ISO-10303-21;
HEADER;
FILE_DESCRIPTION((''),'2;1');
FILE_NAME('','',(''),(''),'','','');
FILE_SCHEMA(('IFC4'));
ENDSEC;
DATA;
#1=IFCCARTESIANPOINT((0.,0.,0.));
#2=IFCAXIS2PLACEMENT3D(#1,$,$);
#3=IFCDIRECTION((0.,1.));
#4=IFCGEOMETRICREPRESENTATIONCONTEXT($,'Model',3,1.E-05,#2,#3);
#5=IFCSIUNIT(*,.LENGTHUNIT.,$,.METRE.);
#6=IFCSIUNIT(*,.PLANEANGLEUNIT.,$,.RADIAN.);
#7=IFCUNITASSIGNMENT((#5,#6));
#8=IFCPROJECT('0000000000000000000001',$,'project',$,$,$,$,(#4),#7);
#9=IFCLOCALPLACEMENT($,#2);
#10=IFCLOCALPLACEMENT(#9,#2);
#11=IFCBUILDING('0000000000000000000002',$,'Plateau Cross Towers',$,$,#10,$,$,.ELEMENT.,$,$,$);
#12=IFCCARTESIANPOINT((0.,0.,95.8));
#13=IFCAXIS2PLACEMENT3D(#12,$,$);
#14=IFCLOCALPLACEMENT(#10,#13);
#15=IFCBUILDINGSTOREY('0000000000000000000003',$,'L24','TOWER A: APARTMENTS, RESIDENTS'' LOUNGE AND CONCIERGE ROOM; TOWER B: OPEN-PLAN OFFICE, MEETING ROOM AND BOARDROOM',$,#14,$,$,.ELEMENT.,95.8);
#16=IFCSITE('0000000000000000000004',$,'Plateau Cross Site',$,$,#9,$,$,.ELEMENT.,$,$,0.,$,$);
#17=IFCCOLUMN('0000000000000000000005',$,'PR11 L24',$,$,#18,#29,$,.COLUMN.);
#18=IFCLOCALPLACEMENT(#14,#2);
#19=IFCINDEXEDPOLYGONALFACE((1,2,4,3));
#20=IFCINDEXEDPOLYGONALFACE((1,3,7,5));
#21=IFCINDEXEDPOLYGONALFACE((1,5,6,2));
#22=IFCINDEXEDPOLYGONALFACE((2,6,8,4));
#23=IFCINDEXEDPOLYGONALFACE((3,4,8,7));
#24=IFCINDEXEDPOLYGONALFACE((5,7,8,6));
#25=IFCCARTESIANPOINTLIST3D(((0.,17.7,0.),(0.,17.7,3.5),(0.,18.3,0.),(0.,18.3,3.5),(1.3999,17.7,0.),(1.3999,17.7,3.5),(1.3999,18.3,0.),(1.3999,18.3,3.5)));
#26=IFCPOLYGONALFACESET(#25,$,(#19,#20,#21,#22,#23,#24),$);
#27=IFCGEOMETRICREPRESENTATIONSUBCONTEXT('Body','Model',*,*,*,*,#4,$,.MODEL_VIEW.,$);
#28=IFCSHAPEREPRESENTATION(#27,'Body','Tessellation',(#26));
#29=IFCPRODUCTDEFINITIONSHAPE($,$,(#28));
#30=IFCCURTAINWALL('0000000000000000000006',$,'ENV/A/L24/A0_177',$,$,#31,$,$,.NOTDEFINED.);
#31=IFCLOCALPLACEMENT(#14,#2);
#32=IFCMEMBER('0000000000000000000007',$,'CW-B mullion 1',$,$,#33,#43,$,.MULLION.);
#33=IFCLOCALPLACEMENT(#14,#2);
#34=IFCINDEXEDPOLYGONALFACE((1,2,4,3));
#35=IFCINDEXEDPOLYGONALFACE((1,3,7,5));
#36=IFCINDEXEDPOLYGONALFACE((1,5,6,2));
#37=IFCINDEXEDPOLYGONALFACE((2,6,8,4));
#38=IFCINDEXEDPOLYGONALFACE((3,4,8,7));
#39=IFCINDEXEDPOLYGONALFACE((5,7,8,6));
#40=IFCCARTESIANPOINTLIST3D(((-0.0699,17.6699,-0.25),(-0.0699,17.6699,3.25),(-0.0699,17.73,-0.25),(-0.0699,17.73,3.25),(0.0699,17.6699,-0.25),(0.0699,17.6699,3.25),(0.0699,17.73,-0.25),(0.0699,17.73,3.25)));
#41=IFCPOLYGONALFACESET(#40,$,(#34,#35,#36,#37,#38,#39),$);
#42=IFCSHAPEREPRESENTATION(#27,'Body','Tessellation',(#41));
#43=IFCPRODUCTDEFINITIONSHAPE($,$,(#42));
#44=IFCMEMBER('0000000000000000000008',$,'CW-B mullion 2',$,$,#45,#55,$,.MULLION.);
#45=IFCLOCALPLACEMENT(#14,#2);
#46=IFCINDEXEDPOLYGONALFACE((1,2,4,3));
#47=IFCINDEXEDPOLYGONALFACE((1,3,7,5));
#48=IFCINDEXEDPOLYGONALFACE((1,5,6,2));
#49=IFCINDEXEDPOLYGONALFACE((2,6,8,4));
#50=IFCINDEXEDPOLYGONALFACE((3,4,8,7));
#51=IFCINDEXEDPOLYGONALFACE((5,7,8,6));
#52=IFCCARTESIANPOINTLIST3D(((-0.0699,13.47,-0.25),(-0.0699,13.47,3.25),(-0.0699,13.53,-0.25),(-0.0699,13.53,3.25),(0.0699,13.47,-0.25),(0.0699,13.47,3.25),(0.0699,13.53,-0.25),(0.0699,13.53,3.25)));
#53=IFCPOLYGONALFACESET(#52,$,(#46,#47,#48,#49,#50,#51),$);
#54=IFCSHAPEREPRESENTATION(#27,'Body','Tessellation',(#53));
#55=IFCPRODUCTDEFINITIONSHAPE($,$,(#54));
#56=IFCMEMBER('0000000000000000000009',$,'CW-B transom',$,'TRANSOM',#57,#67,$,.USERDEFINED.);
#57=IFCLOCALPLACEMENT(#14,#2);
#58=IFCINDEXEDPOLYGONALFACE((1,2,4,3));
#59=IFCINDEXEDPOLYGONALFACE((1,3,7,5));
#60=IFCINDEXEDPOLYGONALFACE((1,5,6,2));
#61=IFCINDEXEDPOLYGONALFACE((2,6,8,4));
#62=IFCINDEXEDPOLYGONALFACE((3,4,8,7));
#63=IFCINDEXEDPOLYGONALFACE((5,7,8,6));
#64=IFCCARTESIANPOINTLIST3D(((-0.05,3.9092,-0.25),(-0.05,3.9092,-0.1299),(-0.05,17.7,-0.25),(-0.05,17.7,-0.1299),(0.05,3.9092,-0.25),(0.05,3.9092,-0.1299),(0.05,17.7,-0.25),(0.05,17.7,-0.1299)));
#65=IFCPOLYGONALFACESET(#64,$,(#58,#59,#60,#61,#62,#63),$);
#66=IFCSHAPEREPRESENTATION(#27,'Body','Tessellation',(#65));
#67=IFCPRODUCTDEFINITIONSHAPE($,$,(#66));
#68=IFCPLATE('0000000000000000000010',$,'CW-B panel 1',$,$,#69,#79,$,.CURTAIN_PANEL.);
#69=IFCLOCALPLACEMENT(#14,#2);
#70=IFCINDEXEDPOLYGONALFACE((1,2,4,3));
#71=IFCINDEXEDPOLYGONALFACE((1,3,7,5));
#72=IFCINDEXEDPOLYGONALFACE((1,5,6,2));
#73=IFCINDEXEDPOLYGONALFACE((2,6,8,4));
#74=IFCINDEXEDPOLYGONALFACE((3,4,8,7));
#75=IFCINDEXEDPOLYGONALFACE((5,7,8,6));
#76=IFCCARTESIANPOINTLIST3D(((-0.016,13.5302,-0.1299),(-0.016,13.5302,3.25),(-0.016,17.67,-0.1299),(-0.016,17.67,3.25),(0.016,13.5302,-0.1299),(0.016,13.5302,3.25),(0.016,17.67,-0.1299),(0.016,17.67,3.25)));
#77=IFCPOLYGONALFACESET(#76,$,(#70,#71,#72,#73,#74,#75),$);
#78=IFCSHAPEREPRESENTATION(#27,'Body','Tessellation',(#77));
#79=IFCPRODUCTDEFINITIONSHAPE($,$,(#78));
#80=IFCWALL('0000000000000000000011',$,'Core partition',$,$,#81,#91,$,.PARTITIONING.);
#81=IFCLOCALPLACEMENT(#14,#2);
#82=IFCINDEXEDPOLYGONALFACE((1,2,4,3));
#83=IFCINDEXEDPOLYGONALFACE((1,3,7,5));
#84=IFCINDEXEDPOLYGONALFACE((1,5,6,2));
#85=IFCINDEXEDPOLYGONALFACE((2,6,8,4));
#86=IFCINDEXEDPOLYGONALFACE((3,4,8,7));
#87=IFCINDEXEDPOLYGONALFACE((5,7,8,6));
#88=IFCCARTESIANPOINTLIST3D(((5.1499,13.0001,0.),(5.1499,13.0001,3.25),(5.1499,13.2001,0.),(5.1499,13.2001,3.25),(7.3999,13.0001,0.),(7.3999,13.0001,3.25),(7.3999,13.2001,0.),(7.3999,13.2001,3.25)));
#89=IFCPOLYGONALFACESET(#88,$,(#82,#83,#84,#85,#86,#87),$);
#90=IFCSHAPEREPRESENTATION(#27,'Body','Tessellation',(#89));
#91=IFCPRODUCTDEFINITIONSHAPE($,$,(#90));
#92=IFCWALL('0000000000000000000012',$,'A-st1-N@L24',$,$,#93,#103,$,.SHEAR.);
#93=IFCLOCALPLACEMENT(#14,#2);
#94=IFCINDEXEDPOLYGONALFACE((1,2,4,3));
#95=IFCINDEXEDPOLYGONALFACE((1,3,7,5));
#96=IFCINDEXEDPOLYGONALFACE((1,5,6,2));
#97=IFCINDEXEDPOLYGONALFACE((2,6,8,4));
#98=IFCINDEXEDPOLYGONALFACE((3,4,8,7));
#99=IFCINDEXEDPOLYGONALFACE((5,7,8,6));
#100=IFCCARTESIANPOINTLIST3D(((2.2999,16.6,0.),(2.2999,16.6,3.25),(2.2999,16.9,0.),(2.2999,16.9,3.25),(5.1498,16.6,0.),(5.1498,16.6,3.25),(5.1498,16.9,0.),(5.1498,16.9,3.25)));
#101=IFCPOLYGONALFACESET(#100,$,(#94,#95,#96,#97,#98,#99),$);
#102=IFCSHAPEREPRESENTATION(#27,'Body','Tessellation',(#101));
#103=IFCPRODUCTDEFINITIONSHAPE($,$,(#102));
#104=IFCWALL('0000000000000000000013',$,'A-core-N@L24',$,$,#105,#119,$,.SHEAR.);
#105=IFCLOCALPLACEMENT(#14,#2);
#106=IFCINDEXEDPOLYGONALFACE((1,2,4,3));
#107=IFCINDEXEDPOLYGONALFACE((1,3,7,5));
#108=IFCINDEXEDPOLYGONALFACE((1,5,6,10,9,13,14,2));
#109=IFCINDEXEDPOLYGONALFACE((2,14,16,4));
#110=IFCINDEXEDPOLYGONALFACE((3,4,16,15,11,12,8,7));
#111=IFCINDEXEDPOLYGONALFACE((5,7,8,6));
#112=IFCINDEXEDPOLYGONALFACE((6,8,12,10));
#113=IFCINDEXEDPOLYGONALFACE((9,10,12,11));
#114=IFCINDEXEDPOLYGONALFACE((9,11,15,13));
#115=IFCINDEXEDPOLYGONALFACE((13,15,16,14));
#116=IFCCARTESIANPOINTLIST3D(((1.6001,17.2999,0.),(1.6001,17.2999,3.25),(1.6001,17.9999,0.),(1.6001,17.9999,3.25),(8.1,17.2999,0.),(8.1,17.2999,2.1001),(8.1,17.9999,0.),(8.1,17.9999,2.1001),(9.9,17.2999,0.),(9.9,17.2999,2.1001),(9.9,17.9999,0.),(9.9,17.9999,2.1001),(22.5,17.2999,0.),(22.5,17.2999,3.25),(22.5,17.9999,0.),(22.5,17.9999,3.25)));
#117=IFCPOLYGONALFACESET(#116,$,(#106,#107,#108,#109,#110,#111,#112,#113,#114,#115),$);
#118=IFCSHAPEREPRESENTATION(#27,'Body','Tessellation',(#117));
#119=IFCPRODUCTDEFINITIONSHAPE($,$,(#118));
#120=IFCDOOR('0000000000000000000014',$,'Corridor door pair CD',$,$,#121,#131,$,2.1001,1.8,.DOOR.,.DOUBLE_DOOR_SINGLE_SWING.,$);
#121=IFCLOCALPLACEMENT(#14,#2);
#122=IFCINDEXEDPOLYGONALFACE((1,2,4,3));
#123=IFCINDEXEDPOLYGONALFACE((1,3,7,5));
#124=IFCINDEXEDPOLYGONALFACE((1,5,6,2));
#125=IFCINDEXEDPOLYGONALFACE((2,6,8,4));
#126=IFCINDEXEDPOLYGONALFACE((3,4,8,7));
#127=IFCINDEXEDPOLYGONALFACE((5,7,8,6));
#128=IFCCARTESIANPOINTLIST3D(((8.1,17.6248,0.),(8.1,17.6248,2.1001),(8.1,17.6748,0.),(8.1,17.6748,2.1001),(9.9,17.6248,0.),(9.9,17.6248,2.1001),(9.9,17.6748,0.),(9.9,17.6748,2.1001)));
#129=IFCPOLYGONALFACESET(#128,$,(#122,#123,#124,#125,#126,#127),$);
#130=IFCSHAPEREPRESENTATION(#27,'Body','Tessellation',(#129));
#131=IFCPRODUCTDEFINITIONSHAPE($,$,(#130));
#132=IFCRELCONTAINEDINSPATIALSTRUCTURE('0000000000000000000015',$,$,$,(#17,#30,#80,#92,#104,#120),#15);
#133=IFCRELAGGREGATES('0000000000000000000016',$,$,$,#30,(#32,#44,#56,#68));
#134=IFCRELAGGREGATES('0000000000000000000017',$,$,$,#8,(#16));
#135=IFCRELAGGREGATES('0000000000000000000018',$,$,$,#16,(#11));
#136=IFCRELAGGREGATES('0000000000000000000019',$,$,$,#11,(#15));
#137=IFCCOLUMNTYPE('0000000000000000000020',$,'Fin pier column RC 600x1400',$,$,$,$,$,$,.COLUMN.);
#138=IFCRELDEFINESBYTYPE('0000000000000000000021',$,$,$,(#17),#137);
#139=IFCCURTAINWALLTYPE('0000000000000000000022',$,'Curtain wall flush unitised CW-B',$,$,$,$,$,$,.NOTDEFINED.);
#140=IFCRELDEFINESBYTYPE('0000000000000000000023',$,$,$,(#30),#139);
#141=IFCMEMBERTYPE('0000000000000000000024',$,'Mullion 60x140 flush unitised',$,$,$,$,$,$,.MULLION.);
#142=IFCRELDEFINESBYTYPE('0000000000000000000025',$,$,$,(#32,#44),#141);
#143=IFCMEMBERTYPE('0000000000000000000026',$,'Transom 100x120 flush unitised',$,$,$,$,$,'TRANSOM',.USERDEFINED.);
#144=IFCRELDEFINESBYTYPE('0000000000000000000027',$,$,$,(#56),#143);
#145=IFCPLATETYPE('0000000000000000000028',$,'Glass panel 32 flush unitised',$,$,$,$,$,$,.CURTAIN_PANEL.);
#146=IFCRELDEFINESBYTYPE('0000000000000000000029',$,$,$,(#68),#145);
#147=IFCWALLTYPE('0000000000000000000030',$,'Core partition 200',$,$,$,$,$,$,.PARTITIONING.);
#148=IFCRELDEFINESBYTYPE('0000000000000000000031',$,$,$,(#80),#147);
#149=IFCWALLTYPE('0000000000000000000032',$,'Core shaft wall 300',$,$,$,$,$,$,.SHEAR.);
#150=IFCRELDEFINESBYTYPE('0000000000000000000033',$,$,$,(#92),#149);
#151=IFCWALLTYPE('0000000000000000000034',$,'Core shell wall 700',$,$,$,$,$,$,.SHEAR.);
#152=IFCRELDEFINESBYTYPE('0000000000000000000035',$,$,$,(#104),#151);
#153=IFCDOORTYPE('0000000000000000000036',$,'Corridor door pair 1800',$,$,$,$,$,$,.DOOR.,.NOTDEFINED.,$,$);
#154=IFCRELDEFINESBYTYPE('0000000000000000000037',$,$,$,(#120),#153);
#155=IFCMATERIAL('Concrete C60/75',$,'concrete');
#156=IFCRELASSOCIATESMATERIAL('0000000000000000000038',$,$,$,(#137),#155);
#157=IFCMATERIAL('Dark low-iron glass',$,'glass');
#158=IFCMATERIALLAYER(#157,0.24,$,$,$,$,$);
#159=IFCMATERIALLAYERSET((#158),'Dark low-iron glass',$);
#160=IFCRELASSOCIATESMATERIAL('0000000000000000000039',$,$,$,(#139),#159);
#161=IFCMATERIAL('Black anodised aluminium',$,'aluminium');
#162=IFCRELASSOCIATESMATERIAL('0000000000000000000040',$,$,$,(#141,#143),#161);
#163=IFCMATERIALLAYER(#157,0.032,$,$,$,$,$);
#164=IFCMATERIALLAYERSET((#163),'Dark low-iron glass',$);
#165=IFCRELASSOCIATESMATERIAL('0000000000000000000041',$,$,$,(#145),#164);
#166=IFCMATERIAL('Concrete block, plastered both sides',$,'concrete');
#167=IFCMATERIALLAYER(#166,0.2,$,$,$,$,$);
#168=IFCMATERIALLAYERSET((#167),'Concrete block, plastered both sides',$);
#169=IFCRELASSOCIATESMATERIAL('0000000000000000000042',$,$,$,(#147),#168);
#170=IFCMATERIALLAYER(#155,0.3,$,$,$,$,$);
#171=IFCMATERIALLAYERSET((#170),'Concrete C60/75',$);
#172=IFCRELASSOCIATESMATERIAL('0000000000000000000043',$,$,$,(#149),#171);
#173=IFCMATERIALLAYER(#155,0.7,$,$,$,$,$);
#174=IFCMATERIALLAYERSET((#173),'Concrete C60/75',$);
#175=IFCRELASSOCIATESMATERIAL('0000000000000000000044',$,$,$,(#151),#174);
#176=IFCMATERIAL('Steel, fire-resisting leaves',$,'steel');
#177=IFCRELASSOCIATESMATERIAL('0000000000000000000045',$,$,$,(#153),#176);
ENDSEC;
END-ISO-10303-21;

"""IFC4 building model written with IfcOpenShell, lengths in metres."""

from ifc_helpers import new_model, si_unit, direction, frame, frame_2d, origin, origin_2d, place, context, subcontext, project, spatial, rectangle, extrude, material, layer, layer_set, material_profile, profile_set, type_object, element, fill, aggregate, save


model = new_model("IFC4")

# Units and contexts
model_context = context("Model", 3, precision=1e-05, world=origin(), true_north=direction((0.0, 1.0)))
body_context = subcontext(model_context, "Body", "Model", "MODEL_VIEW")
ifc_project = project(units=[si_unit("LENGTHUNIT", "METRE"), si_unit("PLANEANGLEUNIT", "RADIAN")], contexts=[model_context])

# Site, building, storey
site_placement = place(None, origin())
site = spatial("IfcSite", under=ifc_project, at=site_placement, Name="Plateau Cross Site", CompositionType="ELEMENT", RefElevation=0.0)
building_placement = place(site_placement, origin())
building = spatial("IfcBuilding", under=site, at=building_placement, Name="Plateau Cross Towers", CompositionType="ELEMENT")
storey_placement = place(building_placement, frame((0.0, 0.0, 95.8)))
storey = spatial("IfcBuildingStorey", under=building, at=storey_placement, Name="L24", Description="TOWER A: APARTMENTS, RESIDENTS' LOUNGE AND CONCIERGE ROOM; TOWER B: OPEN-PLAN OFFICE, MEETING ROOM AND BOARDROOM", CompositionType="ELEMENT", Elevation=95.8)

# Column
ifc_material_1 = material(Name="Concrete C60/75", Category="concrete")
ifc_material_profile_1 = material_profile(ifc_material_1, rectangle(XDim=0.6001, YDim=1.3999, at=origin_2d()), Name="RC 600x1400")
ifc_profile_set_1 = profile_set([ifc_material_profile_1], Name="Concrete C60/75")
column_type = type_object("IfcColumnType", Name="Fin pier column RC 600x1400", PredefinedType="COLUMN", material=ifc_profile_set_1)
column_placement = place(storey_placement, frame((0.7, 18.0, 0.0), z_axis=(0.0, 0.0, 1.0), x_axis=(0.0, 1.0, 0.0)))
element("IfcColumn", 1, at=column_placement, inside=storey, type_object=column_type, Name="PR11 L24", PredefinedType="COLUMN", context=body_context, shape_type="SweptSolid", body=[
    extrude(rectangle(XDim=0.6001, YDim=1.3999, at=origin_2d()), origin(), (0.0, 0.0, 1.0), 3.5),
])

# Curtain wall, members, plate
ifc_material_2 = material(Name="Dark low-iron glass", Category="glass")
ifc_layer_1 = layer(ifc_material_2, 0.24)
ifc_layer_set_1 = layer_set([ifc_layer_1], Name="Dark low-iron glass")
curtain_wall_type = type_object("IfcCurtainWallType", Name="Curtain wall flush unitised CW-B", PredefinedType="NOTDEFINED", material=ifc_layer_set_1)
curtain_wall_placement = place(storey_placement, origin())
curtain_wall = element("IfcCurtainWall", 2, at=curtain_wall_placement, inside=storey, type_object=curtain_wall_type, Name="ENV/A/L24/A0_177", PredefinedType="NOTDEFINED")
ifc_material_3 = material(Name="Black anodised aluminium", Category="aluminium")
ifc_material_profile_2 = material_profile(ifc_material_3, rectangle(XDim=0.0601, YDim=0.1399, at=origin_2d()), Name="MULLION 60x140")
ifc_profile_set_2 = profile_set([ifc_material_profile_2], Name="Black anodised aluminium")
member_type_1 = type_object("IfcMemberType", Name="Mullion 60x140 flush unitised", PredefinedType="MULLION", material=ifc_profile_set_2)
member_1_placement = place(storey_placement, frame((0.0, 17.7, -0.25), z_axis=(0.0, 0.0, 1.0), x_axis=(0.0, -1.0, 0.0)))
member_1 = element("IfcMember", 3, at=member_1_placement, type_object=member_type_1, Name="CW-B mullion 1", PredefinedType="MULLION", context=body_context, shape_type="SweptSolid", body=[
    extrude(rectangle(XDim=0.0601, YDim=0.1399, at=origin_2d()), origin(), (0.0, 0.0, 1.0), 3.5),
])
member_2_placement = place(storey_placement, frame((0.0, 13.5, -0.25), z_axis=(0.0, 0.0, 1.0), x_axis=(0.0, -1.0, 0.0)))
member_2 = element("IfcMember", 4, at=member_2_placement, type_object=member_type_1, Name="CW-B mullion 2", PredefinedType="MULLION", context=body_context, shape_type="SweptSolid", body=[
    extrude(rectangle(XDim=0.0601, YDim=0.1399, at=origin_2d()), origin(), (0.0, 0.0, 1.0), 3.5),
])
ifc_material_profile_3 = material_profile(ifc_material_3, rectangle(XDim=0.1001, YDim=0.1201, at=origin_2d()), Name="TRANSOM 100x120")
ifc_profile_set_3 = profile_set([ifc_material_profile_3], Name="Black anodised aluminium")
member_type_2 = type_object("IfcMemberType", Name="Transom 100x120 flush unitised", ElementType="TRANSOM", PredefinedType="USERDEFINED", material=ifc_profile_set_3)
member_3_placement = place(storey_placement, frame((0.0, 17.7, -0.1899), z_axis=(0.0, -1.0, 0.0), x_axis=(1.0, 0.0, 0.0)))
member_3 = element("IfcMember", 5, at=member_3_placement, type_object=member_type_2, Name="CW-B transom", ObjectType="TRANSOM", PredefinedType="USERDEFINED", context=body_context, shape_type="SweptSolid", body=[
    extrude(rectangle(XDim=0.1001, YDim=0.1201, at=origin_2d()), origin(), (0.0, 0.0, 1.0), 13.7908),
])
ifc_layer_2 = layer(ifc_material_2, 0.032)
ifc_layer_set_2 = layer_set([ifc_layer_2], Name="Dark low-iron glass")
plate_type = type_object("IfcPlateType", Name="Glass panel 32 flush unitised", PredefinedType="CURTAIN_PANEL", material=ifc_layer_set_2)
plate_placement = place(storey_placement, frame((0.0, 15.6001, -0.1299), z_axis=(0.0, 0.0, 1.0), x_axis=(0.0, -1.0, 0.0)))
plate = element("IfcPlate", 6, at=plate_placement, type_object=plate_type, Name="CW-B panel 1", PredefinedType="CURTAIN_PANEL", context=body_context, shape_type="SweptSolid", body=[
    extrude(rectangle(XDim=4.1399, YDim=0.032, at=origin_2d()), origin(), (0.0, 0.0, 1.0), 3.3799),
])
aggregate(curtain_wall, [member_1, member_2, member_3, plate])

# Walls
ifc_material_4 = material(Name="Concrete block, plastered both sides", Category="concrete")
ifc_layer_3 = layer(ifc_material_4, 0.2)
ifc_layer_set_3 = layer_set([ifc_layer_3], Name="Concrete block, plastered both sides")
wall_type_1 = type_object("IfcWallType", Name="Core partition 200", PredefinedType="PARTITIONING", material=ifc_layer_set_3)
wall_1_placement = place(storey_placement, frame((5.1499, 13.1001, 0.0), z_axis=(0.0, 0.0, 1.0), x_axis=(1.0, 0.0, 0.0)))
element("IfcWall", 7, at=wall_1_placement, inside=storey, type_object=wall_type_1, Name="Core partition", PredefinedType="PARTITIONING", context=body_context, shape_type="SweptSolid", body=[
    extrude(rectangle(XDim=2.25, YDim=0.2, at=frame_2d((1.125, 0.0))), origin(), (0.0, 0.0, 1.0), 3.25),
])
ifc_layer_4 = layer(ifc_material_1, 0.3)
ifc_layer_set_4 = layer_set([ifc_layer_4], Name="Concrete C60/75")
wall_type_2 = type_object("IfcWallType", Name="Core shaft wall 300", PredefinedType="SHEAR", material=ifc_layer_set_4)
wall_2_placement = place(storey_placement, frame((2.3, 16.75, 0.0), z_axis=(0.0, 0.0, 1.0), x_axis=(1.0, 0.0, 0.0)))
element("IfcWall", 8, at=wall_2_placement, inside=storey, type_object=wall_type_2, Name="A-st1-N@L24", PredefinedType="SHEAR", context=body_context, shape_type="SweptSolid", body=[
    extrude(rectangle(XDim=2.8499, YDim=0.3, at=frame_2d((1.4248, 0.0))), origin(), (0.0, 0.0, 1.0), 3.25),
])

# Wall, opening, door
ifc_layer_5 = layer(ifc_material_1, 0.7)
ifc_layer_set_5 = layer_set([ifc_layer_5], Name="Concrete C60/75")
wall_type_3 = type_object("IfcWallType", Name="Core shell wall 700", PredefinedType="SHEAR", material=ifc_layer_set_5)
wall_3_placement = place(storey_placement, frame((1.6001, 17.6499, 0.0), z_axis=(0.0, 0.0, 1.0), x_axis=(1.0, 0.0, 0.0)))
wall_3 = element("IfcWall", 9, at=wall_3_placement, inside=storey, type_object=wall_type_3, Name="A-core-N@L24", PredefinedType="SHEAR", context=body_context, shape_type="SweptSolid", body=[
    extrude(rectangle(XDim=20.8999, YDim=0.7, at=frame_2d((10.45, 0.0))), origin(), (0.0, 0.0, 1.0), 3.25),
])
opening_1_placement = place(wall_3_placement, frame((6.5, 0.0, 0.0)))
opening_1 = element("IfcOpeningElement", 10, at=opening_1_placement, cuts=wall_3, PredefinedType="OPENING", context=body_context, shape_type="SweptSolid", body=[
    extrude(rectangle(XDim=1.8, YDim=2.1001, at=frame_2d((0.8999, 1.05))), frame((0.0, 0.3599, 0.0), z_axis=(0.0, -1.0, 0.0), x_axis=(1.0, 0.0, 0.0)), (0.0, 0.0, 1.0), 0.72),
])
ifc_material_5 = material(Name="Steel, fire-resisting leaves", Category="steel")
door_type_1 = type_object("IfcDoorType", Name="Corridor door pair 1800", OperationType="NOTDEFINED", PredefinedType="DOOR", material=ifc_material_5)
door_1_placement = place(opening_1_placement, origin())
door_1 = element("IfcDoor", 11, at=door_1_placement, inside=storey, type_object=door_type_1, Name="Corridor door pair CD", OperationType="DOUBLE_DOOR_SINGLE_SWING", OverallHeight=2.1001, OverallWidth=1.8, PredefinedType="DOOR", context=body_context, shape_type="SweptSolid", body=[
    extrude(rectangle(XDim=1.8, YDim=2.1001, at=frame_2d((0.8999, 1.05))), frame((0.0, 0.0249, 0.0), z_axis=(0.0, -1.0, 0.0), x_axis=(1.0, 0.0, 0.0)), (0.0, 0.0, 1.0), 0.05),
])
fill(opening_1, door_1)

save(model, "model.ifc")
